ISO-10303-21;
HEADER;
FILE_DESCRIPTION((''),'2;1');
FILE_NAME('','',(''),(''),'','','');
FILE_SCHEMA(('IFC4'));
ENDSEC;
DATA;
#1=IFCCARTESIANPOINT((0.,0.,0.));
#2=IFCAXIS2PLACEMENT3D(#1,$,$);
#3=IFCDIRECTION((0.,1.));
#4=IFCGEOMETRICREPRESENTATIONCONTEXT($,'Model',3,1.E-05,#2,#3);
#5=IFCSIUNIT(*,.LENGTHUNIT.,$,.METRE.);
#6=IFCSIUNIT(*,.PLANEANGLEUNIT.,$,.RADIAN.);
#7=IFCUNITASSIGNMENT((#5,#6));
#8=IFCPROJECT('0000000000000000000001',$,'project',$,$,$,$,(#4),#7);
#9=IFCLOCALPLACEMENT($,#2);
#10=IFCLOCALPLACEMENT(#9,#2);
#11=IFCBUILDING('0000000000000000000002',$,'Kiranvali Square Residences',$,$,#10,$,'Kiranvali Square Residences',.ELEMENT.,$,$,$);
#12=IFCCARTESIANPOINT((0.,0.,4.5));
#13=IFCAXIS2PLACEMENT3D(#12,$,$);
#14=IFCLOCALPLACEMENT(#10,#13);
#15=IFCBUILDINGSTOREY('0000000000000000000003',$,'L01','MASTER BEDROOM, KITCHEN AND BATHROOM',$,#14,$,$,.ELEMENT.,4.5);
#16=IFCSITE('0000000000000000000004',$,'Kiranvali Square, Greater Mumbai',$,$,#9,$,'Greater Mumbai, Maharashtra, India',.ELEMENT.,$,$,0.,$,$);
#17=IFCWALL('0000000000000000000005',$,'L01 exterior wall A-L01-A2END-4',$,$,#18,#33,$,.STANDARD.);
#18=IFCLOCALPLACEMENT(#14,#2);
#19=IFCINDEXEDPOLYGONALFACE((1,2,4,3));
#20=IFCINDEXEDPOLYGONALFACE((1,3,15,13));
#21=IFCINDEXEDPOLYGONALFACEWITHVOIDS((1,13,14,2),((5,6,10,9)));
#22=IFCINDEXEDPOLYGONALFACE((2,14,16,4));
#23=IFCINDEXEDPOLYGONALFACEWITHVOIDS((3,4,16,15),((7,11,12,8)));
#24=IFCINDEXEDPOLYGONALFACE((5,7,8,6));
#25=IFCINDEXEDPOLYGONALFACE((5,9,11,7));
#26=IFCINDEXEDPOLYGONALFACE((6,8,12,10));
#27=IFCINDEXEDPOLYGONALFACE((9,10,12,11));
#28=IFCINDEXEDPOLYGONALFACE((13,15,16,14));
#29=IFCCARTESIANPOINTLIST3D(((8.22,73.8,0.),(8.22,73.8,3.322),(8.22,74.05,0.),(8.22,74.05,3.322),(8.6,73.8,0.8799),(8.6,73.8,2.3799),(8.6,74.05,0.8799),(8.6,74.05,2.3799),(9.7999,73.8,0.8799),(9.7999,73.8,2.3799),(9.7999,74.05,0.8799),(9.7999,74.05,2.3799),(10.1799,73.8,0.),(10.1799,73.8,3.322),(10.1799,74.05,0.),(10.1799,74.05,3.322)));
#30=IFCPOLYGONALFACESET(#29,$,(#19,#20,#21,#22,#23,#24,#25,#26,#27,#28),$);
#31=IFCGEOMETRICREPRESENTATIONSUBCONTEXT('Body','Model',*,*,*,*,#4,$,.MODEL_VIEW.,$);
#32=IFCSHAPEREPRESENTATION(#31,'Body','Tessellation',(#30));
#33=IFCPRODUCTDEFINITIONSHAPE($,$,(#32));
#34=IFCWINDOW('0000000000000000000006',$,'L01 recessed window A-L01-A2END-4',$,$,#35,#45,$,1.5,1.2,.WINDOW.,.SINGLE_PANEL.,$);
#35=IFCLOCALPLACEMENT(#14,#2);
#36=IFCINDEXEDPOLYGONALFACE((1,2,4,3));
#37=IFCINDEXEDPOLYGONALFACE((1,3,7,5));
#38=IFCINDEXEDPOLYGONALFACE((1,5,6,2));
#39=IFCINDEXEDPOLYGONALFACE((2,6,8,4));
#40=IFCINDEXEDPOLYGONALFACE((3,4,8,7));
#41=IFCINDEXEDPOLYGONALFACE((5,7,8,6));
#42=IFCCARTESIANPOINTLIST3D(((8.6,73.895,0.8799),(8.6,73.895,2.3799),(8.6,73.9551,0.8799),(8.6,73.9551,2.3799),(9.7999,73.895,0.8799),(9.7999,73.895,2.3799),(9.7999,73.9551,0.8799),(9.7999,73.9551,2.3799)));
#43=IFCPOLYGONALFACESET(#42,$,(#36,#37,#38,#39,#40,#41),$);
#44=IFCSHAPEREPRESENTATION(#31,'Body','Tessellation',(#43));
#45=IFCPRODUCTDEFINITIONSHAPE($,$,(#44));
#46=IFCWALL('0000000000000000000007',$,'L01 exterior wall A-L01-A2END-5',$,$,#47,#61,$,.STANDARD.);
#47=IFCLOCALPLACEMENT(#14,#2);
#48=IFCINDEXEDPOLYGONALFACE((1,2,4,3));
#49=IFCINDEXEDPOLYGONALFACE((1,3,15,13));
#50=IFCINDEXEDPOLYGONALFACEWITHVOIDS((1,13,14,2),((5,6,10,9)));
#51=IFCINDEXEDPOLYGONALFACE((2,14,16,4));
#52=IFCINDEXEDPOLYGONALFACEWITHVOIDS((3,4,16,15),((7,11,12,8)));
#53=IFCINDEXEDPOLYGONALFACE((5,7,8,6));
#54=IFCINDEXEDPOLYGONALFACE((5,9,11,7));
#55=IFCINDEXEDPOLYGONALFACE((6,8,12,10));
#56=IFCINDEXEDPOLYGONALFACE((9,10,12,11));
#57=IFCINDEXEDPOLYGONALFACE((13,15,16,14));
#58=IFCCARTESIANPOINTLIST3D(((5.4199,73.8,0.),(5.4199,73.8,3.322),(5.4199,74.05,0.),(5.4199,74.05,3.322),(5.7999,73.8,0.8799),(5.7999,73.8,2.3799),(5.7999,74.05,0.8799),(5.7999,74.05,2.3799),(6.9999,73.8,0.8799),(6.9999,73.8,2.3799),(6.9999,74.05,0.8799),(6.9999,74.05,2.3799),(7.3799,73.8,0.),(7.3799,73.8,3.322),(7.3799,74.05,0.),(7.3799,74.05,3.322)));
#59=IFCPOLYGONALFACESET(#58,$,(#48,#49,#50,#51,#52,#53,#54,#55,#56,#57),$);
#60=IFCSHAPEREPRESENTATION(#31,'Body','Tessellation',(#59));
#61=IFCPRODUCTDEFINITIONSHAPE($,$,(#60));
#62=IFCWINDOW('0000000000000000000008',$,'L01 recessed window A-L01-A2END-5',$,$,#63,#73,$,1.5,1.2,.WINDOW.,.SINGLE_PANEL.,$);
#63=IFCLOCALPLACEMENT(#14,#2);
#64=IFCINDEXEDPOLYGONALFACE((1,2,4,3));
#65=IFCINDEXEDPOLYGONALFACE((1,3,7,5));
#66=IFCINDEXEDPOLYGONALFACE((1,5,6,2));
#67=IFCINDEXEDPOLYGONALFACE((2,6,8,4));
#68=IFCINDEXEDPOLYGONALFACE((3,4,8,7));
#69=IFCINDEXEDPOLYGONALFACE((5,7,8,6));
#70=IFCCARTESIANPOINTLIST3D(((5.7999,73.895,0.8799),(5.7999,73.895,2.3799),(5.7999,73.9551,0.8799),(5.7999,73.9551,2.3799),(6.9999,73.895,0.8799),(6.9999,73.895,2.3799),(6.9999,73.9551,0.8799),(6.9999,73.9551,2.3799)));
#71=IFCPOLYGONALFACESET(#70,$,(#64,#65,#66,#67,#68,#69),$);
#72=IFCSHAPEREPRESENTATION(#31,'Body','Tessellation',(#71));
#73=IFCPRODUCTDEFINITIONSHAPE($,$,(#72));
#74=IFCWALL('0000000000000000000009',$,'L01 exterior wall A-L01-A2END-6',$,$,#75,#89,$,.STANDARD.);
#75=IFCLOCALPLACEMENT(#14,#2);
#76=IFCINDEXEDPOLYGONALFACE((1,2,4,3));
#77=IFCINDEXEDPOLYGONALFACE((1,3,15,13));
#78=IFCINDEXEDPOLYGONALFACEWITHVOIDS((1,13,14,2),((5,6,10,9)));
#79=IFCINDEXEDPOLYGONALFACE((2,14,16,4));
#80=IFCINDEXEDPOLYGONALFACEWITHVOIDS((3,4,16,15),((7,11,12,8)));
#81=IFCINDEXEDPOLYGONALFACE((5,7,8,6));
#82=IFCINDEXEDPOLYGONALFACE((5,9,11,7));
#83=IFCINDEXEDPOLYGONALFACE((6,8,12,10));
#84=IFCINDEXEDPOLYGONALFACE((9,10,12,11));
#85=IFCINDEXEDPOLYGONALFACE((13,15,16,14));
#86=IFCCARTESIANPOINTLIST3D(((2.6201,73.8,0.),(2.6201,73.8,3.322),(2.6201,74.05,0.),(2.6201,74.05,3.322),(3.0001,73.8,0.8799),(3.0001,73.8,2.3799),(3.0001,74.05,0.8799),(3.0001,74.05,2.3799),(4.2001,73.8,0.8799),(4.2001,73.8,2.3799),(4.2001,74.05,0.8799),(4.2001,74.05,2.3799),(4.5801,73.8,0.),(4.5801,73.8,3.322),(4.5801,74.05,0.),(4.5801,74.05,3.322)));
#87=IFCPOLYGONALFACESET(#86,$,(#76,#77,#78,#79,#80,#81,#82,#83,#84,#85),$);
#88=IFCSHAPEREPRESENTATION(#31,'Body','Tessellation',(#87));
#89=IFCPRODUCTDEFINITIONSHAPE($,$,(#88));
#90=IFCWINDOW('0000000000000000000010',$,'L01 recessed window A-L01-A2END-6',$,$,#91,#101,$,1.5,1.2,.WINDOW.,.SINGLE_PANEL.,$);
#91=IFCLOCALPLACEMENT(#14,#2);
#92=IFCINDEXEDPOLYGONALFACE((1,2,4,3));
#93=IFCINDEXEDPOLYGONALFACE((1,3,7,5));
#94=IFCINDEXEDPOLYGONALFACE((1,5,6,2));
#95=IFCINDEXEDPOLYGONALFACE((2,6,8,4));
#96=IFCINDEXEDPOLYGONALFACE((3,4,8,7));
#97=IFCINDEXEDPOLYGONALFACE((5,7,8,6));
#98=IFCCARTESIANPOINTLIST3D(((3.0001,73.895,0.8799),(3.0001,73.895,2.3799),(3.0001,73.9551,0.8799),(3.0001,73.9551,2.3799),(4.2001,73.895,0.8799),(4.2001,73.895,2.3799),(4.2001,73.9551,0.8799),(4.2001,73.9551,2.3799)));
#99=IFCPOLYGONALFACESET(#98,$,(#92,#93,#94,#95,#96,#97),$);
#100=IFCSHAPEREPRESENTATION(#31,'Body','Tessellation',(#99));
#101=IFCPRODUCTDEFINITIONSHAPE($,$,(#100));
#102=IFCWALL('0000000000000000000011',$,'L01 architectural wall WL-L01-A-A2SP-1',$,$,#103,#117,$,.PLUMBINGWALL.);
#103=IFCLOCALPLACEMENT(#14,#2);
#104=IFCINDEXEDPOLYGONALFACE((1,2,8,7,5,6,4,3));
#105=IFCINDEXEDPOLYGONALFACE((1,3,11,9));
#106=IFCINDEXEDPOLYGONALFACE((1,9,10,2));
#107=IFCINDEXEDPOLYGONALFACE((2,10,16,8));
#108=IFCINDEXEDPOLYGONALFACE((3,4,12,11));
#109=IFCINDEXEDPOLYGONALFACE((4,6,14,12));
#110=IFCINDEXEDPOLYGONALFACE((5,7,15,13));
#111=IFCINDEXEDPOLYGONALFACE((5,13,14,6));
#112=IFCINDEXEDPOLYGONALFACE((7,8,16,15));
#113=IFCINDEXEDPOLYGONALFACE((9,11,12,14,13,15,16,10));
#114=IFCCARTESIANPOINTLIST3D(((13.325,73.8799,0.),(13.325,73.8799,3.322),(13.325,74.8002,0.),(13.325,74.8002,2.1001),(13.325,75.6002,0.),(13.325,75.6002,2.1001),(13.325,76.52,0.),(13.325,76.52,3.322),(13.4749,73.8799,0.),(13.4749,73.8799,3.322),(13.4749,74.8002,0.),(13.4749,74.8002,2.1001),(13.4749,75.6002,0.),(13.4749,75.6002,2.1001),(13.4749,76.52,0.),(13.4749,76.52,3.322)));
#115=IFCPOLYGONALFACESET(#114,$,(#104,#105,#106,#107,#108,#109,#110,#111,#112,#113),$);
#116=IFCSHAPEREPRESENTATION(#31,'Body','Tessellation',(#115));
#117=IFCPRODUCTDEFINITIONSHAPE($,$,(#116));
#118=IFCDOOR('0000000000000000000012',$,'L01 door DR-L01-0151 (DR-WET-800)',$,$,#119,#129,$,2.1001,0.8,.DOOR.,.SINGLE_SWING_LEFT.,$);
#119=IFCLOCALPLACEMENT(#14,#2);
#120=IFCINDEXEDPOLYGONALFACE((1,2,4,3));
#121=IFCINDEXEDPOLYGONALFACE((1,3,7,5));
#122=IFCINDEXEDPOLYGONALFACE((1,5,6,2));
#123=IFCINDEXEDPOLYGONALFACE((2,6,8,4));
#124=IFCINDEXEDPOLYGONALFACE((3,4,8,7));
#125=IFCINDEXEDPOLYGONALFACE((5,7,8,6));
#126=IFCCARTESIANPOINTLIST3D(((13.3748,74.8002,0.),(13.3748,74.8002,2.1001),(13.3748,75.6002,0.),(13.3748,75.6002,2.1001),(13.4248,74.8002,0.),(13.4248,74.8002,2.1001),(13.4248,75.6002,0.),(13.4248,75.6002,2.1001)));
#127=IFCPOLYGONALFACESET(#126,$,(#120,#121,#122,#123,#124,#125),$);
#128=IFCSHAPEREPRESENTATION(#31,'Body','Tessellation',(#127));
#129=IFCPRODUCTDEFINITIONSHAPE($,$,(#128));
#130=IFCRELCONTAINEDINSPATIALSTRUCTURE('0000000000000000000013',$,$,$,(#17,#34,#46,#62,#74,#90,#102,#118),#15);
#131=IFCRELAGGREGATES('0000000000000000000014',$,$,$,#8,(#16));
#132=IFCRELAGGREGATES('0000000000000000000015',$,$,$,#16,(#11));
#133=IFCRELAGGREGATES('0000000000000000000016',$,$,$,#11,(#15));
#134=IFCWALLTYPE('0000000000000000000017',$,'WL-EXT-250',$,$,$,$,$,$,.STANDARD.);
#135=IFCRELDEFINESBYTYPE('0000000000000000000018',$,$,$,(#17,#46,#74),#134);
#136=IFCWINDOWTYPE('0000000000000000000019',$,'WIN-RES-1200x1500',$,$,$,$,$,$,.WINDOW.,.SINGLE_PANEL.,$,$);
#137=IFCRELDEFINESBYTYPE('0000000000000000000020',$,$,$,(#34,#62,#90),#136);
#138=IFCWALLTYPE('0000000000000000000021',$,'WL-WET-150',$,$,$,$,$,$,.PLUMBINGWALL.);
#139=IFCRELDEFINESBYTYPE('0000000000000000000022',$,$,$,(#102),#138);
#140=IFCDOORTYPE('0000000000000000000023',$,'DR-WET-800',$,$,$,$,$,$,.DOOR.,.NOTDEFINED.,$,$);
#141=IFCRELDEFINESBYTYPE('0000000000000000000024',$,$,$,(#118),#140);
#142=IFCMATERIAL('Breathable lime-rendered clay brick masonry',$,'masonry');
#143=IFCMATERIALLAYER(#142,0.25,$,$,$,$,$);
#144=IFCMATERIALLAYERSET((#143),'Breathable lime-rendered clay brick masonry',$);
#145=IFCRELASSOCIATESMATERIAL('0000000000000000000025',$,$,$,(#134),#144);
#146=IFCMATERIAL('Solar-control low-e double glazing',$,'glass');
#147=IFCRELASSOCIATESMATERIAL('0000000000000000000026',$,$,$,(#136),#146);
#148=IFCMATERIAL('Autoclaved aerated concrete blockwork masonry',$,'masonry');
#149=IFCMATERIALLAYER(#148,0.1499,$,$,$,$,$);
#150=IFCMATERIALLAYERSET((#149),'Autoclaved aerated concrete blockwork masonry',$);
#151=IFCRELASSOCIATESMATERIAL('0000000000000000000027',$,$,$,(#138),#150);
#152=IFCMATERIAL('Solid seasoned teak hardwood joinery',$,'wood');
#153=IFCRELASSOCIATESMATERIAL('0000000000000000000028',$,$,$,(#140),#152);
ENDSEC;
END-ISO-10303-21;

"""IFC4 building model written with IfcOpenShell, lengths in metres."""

from ifc_helpers import new_model, si_unit, direction, frame, frame_2d, origin, place, context, subcontext, project, spatial, rectangle, extrude, material, layer, layer_set, type_object, element, fill, save


model = new_model("IFC4")

# Units and contexts
model_context = context("Model", 3, precision=1e-05, world=origin(), true_north=direction((0.0, 1.0)))
body_context = subcontext(model_context, "Body", "Model", "MODEL_VIEW")
ifc_project = project(units=[si_unit("LENGTHUNIT", "METRE"), si_unit("PLANEANGLEUNIT", "RADIAN")], contexts=[model_context])

# Site, building, storey
site_placement = place(None, origin())
site = spatial("IfcSite", under=ifc_project, at=site_placement, Name="Kiranvali Square, Greater Mumbai", LongName="Greater Mumbai, Maharashtra, India", CompositionType="ELEMENT", RefElevation=0.0)
building_placement = place(site_placement, origin())
building = spatial("IfcBuilding", under=site, at=building_placement, Name="Kiranvali Square Residences", LongName="Kiranvali Square Residences", CompositionType="ELEMENT")
storey_placement = place(building_placement, frame((0.0, 0.0, 4.5)))
storey = spatial("IfcBuildingStorey", under=building, at=storey_placement, Name="L01", Description="MASTER BEDROOM, KITCHEN AND BATHROOM", CompositionType="ELEMENT", Elevation=4.5)

# Walls, openings, windows
ifc_material_1 = material(Name="Breathable lime-rendered clay brick masonry", Category="masonry")
ifc_layer_1 = layer(ifc_material_1, 0.25)
ifc_layer_set_1 = layer_set([ifc_layer_1], Name="Breathable lime-rendered clay brick masonry")
wall_type_1 = type_object("IfcWallType", Name="WL-EXT-250", PredefinedType="STANDARD", material=ifc_layer_set_1)
ifc_material_2 = material(Name="Solar-control low-e double glazing", Category="glass")
window_type = type_object("IfcWindowType", Name="WIN-RES-1200x1500", PartitioningType="SINGLE_PANEL", PredefinedType="WINDOW", material=ifc_material_2)
wall_1_placement = place(storey_placement, frame((10.1799, 73.925, 0.0), z_axis=(0.0, 0.0, 1.0), x_axis=(-1.0, 0.0, 0.0)))
wall_1 = element("IfcWall", 1, at=wall_1_placement, inside=storey, type_object=wall_type_1, Name="L01 exterior wall A-L01-A2END-4", PredefinedType="STANDARD", context=body_context, shape_type="SweptSolid", body=[
    extrude(rectangle(XDim=1.96, YDim=0.25, at=frame_2d((0.98, 0.0))), origin(), (0.0, 0.0, 1.0), 3.322),
])
opening_1_placement = place(wall_1_placement, frame((0.3799, 0.0, 0.8799)))
opening_1 = element("IfcOpeningElement", 2, at=opening_1_placement, cuts=wall_1, PredefinedType="OPENING", context=body_context, shape_type="SweptSolid", body=[
    extrude(rectangle(XDim=1.2, YDim=1.5, at=frame_2d((0.6001, 0.75))), frame((0.0, 0.135, 0.0), z_axis=(0.0, -1.0, 0.0), x_axis=(1.0, 0.0, 0.0)), (0.0, 0.0, 1.0), 0.27),
])
window_1_placement = place(opening_1_placement, origin())
window_1 = element("IfcWindow", 3, at=window_1_placement, inside=storey, type_object=window_type, Name="L01 recessed window A-L01-A2END-4", OverallHeight=1.5, OverallWidth=1.2, PartitioningType="SINGLE_PANEL", PredefinedType="WINDOW", context=body_context, shape_type="SweptSolid", body=[
    extrude(rectangle(XDim=1.2, YDim=1.5, at=frame_2d((0.6001, 0.75))), frame((0.0, 0.03, 0.0), z_axis=(0.0, -1.0, 0.0), x_axis=(1.0, 0.0, 0.0)), (0.0, 0.0, 1.0), 0.0601),
])
fill(opening_1, window_1)
wall_2_placement = place(storey_placement, frame((7.3799, 73.925, 0.0), z_axis=(0.0, 0.0, 1.0), x_axis=(-1.0, 0.0, 0.0)))
wall_2 = element("IfcWall", 4, at=wall_2_placement, inside=storey, type_object=wall_type_1, Name="L01 exterior wall A-L01-A2END-5", PredefinedType="STANDARD", context=body_context, shape_type="SweptSolid", body=[
    extrude(rectangle(XDim=1.96, YDim=0.25, at=frame_2d((0.98, 0.0))), origin(), (0.0, 0.0, 1.0), 3.322),
])
opening_2_placement = place(wall_2_placement, frame((0.3799, 0.0, 0.8799)))
opening_2 = element("IfcOpeningElement", 5, at=opening_2_placement, cuts=wall_2, PredefinedType="OPENING", context=body_context, shape_type="SweptSolid", body=[
    extrude(rectangle(XDim=1.2, YDim=1.5, at=frame_2d((0.6001, 0.75))), frame((0.0, 0.135, 0.0), z_axis=(0.0, -1.0, 0.0), x_axis=(1.0, 0.0, 0.0)), (0.0, 0.0, 1.0), 0.27),
])
window_2_placement = place(opening_2_placement, origin())
window_2 = element("IfcWindow", 6, at=window_2_placement, inside=storey, type_object=window_type, Name="L01 recessed window A-L01-A2END-5", OverallHeight=1.5, OverallWidth=1.2, PartitioningType="SINGLE_PANEL", PredefinedType="WINDOW", context=body_context, shape_type="SweptSolid", body=[
    extrude(rectangle(XDim=1.2, YDim=1.5, at=frame_2d((0.6001, 0.75))), frame((0.0, 0.03, 0.0), z_axis=(0.0, -1.0, 0.0), x_axis=(1.0, 0.0, 0.0)), (0.0, 0.0, 1.0), 0.0601),
])
fill(opening_2, window_2)
wall_3_placement = place(storey_placement, frame((4.5801, 73.925, 0.0), z_axis=(0.0, 0.0, 1.0), x_axis=(-1.0, 0.0, 0.0)))
wall_3 = element("IfcWall", 7, at=wall_3_placement, inside=storey, type_object=wall_type_1, Name="L01 exterior wall A-L01-A2END-6", PredefinedType="STANDARD", context=body_context, shape_type="SweptSolid", body=[
    extrude(rectangle(XDim=1.96, YDim=0.25, at=frame_2d((0.98, 0.0))), origin(), (0.0, 0.0, 1.0), 3.322),
])
opening_3_placement = place(wall_3_placement, frame((0.3799, 0.0, 0.8799)))
opening_3 = element("IfcOpeningElement", 8, at=opening_3_placement, cuts=wall_3, PredefinedType="OPENING", context=body_context, shape_type="SweptSolid", body=[
    extrude(rectangle(XDim=1.2, YDim=1.5, at=frame_2d((0.6001, 0.75))), frame((0.0, 0.135, 0.0), z_axis=(0.0, -1.0, 0.0), x_axis=(1.0, 0.0, 0.0)), (0.0, 0.0, 1.0), 0.27),
])
window_3_placement = place(opening_3_placement, origin())
window_3 = element("IfcWindow", 9, at=window_3_placement, inside=storey, type_object=window_type, Name="L01 recessed window A-L01-A2END-6", OverallHeight=1.5, OverallWidth=1.2, PartitioningType="SINGLE_PANEL", PredefinedType="WINDOW", context=body_context, shape_type="SweptSolid", body=[
    extrude(rectangle(XDim=1.2, YDim=1.5, at=frame_2d((0.6001, 0.75))), frame((0.0, 0.03, 0.0), z_axis=(0.0, -1.0, 0.0), x_axis=(1.0, 0.0, 0.0)), (0.0, 0.0, 1.0), 0.0601),
])
fill(opening_3, window_3)

# Wall, opening, door
ifc_material_3 = material(Name="Autoclaved aerated concrete blockwork masonry", Category="masonry")
ifc_layer_2 = layer(ifc_material_3, 0.1499)
ifc_layer_set_2 = layer_set([ifc_layer_2], Name="Autoclaved aerated concrete blockwork masonry")
wall_type_2 = type_object("IfcWallType", Name="WL-WET-150", PredefinedType="PLUMBINGWALL", material=ifc_layer_set_2)
wall_4_placement = place(storey_placement, frame((13.3999, 76.52, 0.0), z_axis=(0.0, 0.0, 1.0), x_axis=(0.0, -1.0, 0.0)))
wall_4 = element("IfcWall", 10, at=wall_4_placement, inside=storey, type_object=wall_type_2, Name="L01 architectural wall WL-L01-A-A2SP-1", PredefinedType="PLUMBINGWALL", context=body_context, shape_type="SweptSolid", body=[
    extrude(rectangle(XDim=2.6401, YDim=0.1499, at=frame_2d((1.3201, 0.0))), origin(), (0.0, 0.0, 1.0), 3.322),
])
opening_4_placement = place(wall_4_placement, frame((0.9199, 0.0, 0.0)))
opening_4 = element("IfcOpeningElement", 11, at=opening_4_placement, cuts=wall_4, PredefinedType="OPENING", context=body_context, shape_type="SweptSolid", body=[
    extrude(rectangle(XDim=0.8, YDim=2.1001, at=frame_2d((0.3999, 1.05))), frame((0.0, 0.085, 0.0), z_axis=(0.0, -1.0, 0.0), x_axis=(1.0, 0.0, 0.0)), (0.0, 0.0, 1.0), 0.1699),
])
ifc_material_4 = material(Name="Solid seasoned teak hardwood joinery", Category="wood")
door_type = type_object("IfcDoorType", Name="DR-WET-800", OperationType="NOTDEFINED", PredefinedType="DOOR", material=ifc_material_4)
door_placement = place(opening_4_placement, origin())
door = element("IfcDoor", 12, at=door_placement, inside=storey, type_object=door_type, Name="L01 door DR-L01-0151 (DR-WET-800)", OperationType="SINGLE_SWING_LEFT", OverallHeight=2.1001, OverallWidth=0.8, PredefinedType="DOOR", context=body_context, shape_type="SweptSolid", body=[
    extrude(rectangle(XDim=0.8, YDim=2.1001, at=frame_2d((0.3999, 1.05))), frame((0.0, 0.0249, 0.0), z_axis=(0.0, -1.0, 0.0), x_axis=(1.0, 0.0, 0.0)), (0.0, 0.0, 1.0), 0.05),
])
fill(opening_4, door)

save(model, "model.ifc")
